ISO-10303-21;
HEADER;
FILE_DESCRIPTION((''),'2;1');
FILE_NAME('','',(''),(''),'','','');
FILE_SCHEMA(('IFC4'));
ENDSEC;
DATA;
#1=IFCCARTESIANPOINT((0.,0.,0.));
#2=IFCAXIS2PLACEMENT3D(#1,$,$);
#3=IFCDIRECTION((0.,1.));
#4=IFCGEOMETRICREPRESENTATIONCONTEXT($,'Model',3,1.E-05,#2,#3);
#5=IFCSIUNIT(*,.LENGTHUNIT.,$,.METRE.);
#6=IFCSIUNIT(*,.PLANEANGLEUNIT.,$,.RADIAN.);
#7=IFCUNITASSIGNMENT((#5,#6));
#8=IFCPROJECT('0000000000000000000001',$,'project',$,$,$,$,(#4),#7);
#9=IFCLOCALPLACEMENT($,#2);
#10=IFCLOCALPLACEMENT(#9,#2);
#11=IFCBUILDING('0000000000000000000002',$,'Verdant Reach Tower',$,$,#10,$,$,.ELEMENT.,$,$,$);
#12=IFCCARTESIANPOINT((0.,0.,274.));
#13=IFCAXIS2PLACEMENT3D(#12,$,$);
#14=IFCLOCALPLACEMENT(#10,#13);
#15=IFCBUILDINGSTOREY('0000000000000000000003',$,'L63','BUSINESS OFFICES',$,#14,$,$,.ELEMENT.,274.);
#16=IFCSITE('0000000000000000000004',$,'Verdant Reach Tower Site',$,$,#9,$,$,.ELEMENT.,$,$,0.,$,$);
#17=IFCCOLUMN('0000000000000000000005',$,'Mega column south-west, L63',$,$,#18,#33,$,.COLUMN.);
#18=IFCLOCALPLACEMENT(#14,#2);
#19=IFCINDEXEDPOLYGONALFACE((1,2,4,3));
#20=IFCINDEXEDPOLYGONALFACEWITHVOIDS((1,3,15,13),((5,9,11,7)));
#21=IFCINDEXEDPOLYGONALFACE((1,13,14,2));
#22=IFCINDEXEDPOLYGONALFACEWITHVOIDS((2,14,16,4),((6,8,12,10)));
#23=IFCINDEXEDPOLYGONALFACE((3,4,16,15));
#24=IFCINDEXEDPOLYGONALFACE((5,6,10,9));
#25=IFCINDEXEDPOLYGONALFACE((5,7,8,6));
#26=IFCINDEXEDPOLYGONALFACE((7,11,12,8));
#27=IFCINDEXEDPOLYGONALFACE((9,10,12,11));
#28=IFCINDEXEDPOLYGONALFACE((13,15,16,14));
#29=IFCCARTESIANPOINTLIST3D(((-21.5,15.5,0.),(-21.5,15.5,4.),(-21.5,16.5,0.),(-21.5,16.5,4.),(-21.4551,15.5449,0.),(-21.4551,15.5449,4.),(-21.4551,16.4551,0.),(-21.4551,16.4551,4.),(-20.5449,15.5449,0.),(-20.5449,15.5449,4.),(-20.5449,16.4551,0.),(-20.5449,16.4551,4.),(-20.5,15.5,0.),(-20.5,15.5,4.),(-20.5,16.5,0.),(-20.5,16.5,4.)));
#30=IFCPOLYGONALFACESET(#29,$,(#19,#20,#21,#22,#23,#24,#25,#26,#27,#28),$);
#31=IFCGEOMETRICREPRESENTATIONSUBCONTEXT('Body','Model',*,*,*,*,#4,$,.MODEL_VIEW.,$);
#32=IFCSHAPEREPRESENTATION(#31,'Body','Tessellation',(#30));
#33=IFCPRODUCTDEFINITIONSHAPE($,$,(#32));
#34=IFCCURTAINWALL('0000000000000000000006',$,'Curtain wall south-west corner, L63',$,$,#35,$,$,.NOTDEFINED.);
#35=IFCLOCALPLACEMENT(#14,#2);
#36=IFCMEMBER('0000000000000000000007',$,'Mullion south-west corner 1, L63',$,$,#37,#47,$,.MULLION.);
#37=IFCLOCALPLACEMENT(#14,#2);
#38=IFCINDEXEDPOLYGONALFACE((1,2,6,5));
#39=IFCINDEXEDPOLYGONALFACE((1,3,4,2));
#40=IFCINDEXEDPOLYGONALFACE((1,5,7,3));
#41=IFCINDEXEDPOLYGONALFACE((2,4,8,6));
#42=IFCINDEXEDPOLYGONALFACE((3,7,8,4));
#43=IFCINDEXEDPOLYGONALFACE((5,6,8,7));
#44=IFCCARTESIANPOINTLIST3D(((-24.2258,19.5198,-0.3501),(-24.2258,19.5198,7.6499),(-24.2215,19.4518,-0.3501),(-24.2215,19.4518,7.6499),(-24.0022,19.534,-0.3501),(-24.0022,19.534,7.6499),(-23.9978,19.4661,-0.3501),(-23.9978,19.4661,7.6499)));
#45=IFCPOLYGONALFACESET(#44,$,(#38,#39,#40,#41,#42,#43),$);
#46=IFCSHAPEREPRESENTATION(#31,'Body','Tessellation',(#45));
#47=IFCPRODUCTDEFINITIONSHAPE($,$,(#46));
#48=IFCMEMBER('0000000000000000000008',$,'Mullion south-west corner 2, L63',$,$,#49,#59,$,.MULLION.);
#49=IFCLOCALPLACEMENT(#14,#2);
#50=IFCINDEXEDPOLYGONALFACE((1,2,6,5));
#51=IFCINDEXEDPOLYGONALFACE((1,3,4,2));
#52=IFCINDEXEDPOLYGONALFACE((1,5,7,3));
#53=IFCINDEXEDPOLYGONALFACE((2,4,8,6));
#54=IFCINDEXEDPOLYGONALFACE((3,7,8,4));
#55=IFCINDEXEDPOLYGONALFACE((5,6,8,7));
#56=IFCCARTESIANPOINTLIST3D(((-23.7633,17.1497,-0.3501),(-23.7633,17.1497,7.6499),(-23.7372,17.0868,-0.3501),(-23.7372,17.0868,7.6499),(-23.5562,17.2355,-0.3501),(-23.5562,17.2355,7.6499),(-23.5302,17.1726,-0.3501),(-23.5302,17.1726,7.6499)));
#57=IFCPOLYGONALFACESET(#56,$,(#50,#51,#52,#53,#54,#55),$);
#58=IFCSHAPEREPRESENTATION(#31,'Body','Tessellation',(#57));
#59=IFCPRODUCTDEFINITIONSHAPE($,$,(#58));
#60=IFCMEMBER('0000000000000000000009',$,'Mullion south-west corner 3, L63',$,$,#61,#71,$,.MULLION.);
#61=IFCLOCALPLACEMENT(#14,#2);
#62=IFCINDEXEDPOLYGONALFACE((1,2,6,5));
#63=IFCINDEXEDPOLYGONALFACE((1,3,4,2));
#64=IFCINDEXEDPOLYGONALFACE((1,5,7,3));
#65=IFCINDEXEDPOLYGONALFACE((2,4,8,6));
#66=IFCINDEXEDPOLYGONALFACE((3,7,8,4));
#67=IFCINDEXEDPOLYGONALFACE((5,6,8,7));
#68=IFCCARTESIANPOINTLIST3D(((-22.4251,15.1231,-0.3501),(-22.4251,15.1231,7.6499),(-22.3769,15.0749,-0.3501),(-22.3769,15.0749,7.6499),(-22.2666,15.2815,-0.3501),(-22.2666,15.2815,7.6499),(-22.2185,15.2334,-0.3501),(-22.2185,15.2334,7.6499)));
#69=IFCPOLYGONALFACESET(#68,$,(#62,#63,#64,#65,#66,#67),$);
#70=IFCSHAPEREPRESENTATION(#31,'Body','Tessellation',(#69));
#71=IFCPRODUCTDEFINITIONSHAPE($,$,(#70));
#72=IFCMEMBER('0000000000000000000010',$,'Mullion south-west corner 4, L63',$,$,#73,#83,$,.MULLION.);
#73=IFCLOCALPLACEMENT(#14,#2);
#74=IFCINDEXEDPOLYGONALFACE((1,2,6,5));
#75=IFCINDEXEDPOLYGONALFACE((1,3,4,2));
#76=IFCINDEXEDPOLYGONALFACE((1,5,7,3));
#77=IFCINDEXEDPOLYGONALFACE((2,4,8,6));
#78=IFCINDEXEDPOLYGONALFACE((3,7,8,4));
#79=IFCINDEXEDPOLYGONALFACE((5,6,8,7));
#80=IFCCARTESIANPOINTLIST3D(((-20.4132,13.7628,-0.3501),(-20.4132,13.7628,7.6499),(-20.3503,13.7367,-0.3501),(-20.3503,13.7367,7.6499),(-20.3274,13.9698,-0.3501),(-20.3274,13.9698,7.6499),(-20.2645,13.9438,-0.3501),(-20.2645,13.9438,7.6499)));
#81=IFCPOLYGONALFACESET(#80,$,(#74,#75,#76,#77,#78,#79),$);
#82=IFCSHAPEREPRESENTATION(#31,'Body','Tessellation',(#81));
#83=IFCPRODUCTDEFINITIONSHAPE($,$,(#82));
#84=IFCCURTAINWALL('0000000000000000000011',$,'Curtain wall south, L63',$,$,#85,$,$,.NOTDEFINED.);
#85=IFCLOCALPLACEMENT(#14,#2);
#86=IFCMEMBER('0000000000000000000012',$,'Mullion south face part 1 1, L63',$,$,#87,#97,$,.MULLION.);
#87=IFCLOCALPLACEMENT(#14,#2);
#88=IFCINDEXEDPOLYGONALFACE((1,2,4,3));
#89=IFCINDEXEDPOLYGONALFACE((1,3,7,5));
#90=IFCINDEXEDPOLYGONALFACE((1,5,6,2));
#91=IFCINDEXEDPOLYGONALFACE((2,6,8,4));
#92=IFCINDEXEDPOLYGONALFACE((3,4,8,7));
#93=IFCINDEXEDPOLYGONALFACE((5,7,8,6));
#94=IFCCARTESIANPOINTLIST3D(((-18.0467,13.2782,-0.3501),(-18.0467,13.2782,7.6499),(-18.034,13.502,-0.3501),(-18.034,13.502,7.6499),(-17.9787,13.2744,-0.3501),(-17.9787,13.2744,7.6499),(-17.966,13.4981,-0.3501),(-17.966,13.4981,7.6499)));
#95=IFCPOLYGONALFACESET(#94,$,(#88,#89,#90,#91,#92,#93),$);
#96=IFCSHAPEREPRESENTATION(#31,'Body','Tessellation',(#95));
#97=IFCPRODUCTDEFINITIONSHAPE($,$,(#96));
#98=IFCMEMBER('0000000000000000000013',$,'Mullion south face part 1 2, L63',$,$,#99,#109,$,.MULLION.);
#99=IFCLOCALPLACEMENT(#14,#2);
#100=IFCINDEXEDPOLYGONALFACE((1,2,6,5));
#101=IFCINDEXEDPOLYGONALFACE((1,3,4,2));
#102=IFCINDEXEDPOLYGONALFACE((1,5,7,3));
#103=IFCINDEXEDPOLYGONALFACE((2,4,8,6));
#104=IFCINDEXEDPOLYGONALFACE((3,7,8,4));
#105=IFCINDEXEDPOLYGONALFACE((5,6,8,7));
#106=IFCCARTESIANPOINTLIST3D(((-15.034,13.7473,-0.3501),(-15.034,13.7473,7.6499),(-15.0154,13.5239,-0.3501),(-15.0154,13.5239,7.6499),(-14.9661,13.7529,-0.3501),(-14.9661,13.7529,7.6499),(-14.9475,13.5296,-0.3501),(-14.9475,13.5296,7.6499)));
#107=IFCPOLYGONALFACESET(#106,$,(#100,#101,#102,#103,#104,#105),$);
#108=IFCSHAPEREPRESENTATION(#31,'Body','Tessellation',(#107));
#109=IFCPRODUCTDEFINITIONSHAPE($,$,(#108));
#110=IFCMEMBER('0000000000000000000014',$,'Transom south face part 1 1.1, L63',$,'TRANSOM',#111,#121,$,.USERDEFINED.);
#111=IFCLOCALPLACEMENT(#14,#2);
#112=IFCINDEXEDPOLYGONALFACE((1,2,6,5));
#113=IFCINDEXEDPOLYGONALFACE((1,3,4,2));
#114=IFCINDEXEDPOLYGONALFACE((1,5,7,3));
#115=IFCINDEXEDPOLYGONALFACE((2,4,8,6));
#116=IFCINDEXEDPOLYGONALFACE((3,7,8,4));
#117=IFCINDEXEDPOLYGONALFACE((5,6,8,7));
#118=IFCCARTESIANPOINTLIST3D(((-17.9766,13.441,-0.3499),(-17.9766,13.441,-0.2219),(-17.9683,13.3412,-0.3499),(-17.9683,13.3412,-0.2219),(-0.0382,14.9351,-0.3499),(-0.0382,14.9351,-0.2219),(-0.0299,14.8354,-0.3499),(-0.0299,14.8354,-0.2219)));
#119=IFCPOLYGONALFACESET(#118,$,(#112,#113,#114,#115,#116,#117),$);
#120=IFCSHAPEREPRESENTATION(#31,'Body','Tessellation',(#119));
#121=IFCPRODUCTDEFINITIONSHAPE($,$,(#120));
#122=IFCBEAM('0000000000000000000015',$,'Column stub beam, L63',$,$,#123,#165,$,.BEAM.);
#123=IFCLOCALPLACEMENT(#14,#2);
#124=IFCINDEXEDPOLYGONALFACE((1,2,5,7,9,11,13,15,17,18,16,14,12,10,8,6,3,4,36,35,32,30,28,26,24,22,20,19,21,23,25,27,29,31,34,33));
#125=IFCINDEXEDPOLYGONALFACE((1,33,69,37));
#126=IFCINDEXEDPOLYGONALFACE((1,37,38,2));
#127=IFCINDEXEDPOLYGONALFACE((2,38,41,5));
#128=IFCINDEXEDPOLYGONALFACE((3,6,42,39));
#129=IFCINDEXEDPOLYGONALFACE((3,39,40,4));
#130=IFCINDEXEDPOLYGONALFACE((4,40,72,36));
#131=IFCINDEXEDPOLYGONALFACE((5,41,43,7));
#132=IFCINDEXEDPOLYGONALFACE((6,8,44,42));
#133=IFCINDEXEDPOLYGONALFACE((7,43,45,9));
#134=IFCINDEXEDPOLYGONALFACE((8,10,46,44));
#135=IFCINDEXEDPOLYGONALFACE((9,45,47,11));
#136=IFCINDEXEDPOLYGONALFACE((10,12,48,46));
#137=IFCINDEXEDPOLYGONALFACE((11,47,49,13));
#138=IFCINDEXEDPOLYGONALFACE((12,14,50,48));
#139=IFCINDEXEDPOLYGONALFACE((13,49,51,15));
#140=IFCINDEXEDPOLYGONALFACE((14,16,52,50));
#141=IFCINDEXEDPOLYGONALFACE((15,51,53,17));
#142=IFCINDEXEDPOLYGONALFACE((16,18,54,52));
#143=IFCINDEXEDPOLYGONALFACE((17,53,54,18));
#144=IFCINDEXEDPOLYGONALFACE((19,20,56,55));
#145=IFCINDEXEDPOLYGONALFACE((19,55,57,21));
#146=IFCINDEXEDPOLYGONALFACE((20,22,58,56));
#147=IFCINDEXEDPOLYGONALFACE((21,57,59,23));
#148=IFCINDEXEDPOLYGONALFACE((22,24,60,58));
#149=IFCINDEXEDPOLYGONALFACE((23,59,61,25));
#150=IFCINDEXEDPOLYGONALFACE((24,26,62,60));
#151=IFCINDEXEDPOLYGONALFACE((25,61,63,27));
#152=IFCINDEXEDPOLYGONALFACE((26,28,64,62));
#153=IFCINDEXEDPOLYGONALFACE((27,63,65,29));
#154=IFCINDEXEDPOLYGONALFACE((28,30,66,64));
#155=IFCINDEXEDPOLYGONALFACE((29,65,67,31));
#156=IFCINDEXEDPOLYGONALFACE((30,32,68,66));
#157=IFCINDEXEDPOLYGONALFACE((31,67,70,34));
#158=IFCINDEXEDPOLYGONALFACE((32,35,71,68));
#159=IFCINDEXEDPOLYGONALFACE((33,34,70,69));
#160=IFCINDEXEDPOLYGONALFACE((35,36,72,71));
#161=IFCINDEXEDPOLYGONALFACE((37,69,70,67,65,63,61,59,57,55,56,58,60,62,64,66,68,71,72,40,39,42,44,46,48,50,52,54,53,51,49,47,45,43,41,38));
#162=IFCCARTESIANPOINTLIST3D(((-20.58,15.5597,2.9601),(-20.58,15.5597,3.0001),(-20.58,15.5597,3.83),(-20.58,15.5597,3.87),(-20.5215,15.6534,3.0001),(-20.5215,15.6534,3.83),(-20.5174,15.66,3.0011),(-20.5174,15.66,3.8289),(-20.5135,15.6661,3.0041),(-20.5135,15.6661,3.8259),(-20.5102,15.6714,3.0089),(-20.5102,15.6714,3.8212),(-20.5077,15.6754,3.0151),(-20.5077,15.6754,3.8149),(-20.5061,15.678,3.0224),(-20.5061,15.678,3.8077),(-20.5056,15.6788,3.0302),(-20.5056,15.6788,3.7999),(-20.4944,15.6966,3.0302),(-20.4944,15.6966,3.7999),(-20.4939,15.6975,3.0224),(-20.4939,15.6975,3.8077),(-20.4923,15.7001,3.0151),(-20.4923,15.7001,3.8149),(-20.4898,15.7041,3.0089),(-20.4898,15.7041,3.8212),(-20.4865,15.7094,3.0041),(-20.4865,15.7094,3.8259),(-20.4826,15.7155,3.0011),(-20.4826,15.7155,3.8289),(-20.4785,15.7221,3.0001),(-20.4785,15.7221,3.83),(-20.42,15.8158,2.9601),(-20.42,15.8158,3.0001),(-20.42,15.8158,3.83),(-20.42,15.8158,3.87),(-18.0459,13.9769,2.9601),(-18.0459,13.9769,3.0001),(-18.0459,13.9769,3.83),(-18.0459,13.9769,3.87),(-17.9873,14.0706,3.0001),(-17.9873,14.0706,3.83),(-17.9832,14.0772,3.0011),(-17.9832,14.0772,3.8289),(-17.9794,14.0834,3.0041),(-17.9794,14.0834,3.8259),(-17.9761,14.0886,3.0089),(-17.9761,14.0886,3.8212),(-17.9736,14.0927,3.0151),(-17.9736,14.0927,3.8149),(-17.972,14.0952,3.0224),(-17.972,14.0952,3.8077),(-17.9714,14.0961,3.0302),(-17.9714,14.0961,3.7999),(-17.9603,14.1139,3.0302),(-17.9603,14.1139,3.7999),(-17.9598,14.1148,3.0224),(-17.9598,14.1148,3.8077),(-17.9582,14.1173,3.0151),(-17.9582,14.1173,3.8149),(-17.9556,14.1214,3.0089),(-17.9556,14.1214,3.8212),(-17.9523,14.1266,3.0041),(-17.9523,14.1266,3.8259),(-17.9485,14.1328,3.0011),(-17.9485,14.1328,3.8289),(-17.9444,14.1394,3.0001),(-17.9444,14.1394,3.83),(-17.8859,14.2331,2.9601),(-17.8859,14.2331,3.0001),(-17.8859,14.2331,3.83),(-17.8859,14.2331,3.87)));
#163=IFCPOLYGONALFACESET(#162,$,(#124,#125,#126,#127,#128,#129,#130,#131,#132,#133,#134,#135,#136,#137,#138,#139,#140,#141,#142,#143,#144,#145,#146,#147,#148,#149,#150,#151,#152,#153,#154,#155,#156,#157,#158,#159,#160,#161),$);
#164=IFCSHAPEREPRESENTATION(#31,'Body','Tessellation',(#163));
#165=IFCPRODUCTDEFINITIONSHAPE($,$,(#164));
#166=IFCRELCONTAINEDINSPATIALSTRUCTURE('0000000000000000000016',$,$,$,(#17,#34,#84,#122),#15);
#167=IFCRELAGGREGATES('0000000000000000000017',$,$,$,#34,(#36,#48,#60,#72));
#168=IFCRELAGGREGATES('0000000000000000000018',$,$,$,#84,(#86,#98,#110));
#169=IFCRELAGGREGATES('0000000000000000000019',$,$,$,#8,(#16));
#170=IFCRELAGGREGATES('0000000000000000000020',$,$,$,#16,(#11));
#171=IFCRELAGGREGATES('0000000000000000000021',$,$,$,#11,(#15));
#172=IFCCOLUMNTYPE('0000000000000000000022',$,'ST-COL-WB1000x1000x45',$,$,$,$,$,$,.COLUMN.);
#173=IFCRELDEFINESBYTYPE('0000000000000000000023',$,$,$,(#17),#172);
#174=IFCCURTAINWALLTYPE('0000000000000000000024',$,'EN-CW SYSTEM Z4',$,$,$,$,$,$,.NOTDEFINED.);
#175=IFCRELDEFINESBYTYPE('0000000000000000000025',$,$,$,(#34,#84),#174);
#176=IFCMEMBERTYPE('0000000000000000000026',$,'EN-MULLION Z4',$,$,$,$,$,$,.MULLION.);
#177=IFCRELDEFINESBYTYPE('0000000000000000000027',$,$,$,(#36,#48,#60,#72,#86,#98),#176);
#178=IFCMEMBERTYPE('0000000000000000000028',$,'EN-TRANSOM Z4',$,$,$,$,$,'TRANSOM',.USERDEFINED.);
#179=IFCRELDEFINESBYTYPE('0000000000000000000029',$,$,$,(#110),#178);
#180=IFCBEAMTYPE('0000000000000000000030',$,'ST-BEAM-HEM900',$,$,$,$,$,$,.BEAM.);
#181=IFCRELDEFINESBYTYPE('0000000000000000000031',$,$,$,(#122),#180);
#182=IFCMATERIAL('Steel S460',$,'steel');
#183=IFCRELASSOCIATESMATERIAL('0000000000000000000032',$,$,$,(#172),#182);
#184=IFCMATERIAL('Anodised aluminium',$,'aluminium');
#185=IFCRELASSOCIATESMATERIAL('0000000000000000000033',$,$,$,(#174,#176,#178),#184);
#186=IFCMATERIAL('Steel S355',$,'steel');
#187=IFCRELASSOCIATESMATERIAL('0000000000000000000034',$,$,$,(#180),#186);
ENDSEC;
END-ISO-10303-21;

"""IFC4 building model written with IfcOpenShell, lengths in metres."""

from ifc_helpers import new_model, si_unit, direction, frame, origin, origin_2d, place, context, subcontext, project, spatial, rectangle, hollow_rectangle, i_section, extrude, material, material_profile, profile_set, type_object, element, aggregate, save


model = new_model("IFC4")

# Units and contexts
model_context = context("Model", 3, precision=1e-05, world=origin(), true_north=direction((0.0, 1.0)))
body_context = subcontext(model_context, "Body", "Model", "MODEL_VIEW")
ifc_project = project(units=[si_unit("LENGTHUNIT", "METRE"), si_unit("PLANEANGLEUNIT", "RADIAN")], contexts=[model_context])

# Site, building, storey
site_placement = place(None, origin())
site = spatial("IfcSite", under=ifc_project, at=site_placement, Name="Verdant Reach Tower Site", CompositionType="ELEMENT", RefElevation=0.0)
building_placement = place(site_placement, origin())
building = spatial("IfcBuilding", under=site, at=building_placement, Name="Verdant Reach Tower", CompositionType="ELEMENT")
storey_placement = place(building_placement, frame((0.0, 0.0, 274.0)))
storey = spatial("IfcBuildingStorey", under=building, at=storey_placement, Name="L63", Description="BUSINESS OFFICES", CompositionType="ELEMENT", Elevation=274.0)

# Column
ifc_material_1 = material(Name="Steel S460", Category="steel")
ifc_material_profile_1 = material_profile(ifc_material_1, hollow_rectangle(XDim=1.0, YDim=1.0, WallThickness=0.0449, at=origin_2d()), Name="WB 1000x1000x45")
ifc_profile_set_1 = profile_set([ifc_material_profile_1], Name="Steel S460")
column_type = type_object("IfcColumnType", Name="ST-COL-WB1000x1000x45", PredefinedType="COLUMN", material=ifc_profile_set_1)
column_placement = place(storey_placement, frame((-21.0, 16.0, 0.0), z_axis=(0.0, 0.0, 1.0), x_axis=(1.0, 0.0, 0.0)))
element("IfcColumn", 1, at=column_placement, inside=storey, type_object=column_type, Name="Mega column south-west, L63", PredefinedType="COLUMN", context=body_context, shape_type="SweptSolid", body=[
    extrude(hollow_rectangle(XDim=1.0, YDim=1.0, WallThickness=0.0449, at=origin_2d()), origin(), (0.0, 0.0, 1.0), 4.0),
])

# Curtain walls, members
ifc_material_2 = material(Name="Anodised aluminium", Category="aluminium")
curtain_wall_type = type_object("IfcCurtainWallType", Name="EN-CW SYSTEM Z4", PredefinedType="NOTDEFINED", material=ifc_material_2)
curtain_wall_1_placement = place(storey_placement, origin())
curtain_wall_1 = element("IfcCurtainWall", 2, at=curtain_wall_1_placement, inside=storey, type_object=curtain_wall_type, Name="Curtain wall south-west corner, L63", PredefinedType="NOTDEFINED")
ifc_material_profile_2 = material_profile(ifc_material_2, rectangle(XDim=0.2241, YDim=0.0681, at=origin_2d()), Name="Mullion 68x224")
ifc_profile_set_2 = profile_set([ifc_material_profile_2], Name="Anodised aluminium")
member_type_1 = type_object("IfcMemberType", Name="EN-MULLION Z4", PredefinedType="MULLION", material=ifc_profile_set_2)
member_1_placement = place(storey_placement, frame((-24.1118, 19.4929, -0.3501), z_axis=(0.0, 0.0, 1.0), x_axis=(-0.997969, -0.063699, 0.0)))
member_1 = element("IfcMember", 3, at=member_1_placement, type_object=member_type_1, Name="Mullion south-west corner 1, L63", PredefinedType="MULLION", context=body_context, shape_type="SweptSolid", body=[
    extrude(rectangle(XDim=0.2241, YDim=0.0681, at=origin_2d()), origin(), (0.0, 0.0, 1.0), 8.0),
])
member_2_placement = place(storey_placement, frame((-23.6467, 17.1611, -0.3501), z_axis=(0.0, 0.0, 1.0), x_axis=(-0.923875, -0.382694, 0.0)))
member_2 = element("IfcMember", 4, at=member_2_placement, type_object=member_type_1, Name="Mullion south-west corner 2, L63", PredefinedType="MULLION", context=body_context, shape_type="SweptSolid", body=[
    extrude(rectangle(XDim=0.2241, YDim=0.0681, at=origin_2d()), origin(), (0.0, 0.0, 1.0), 8.0),
])
member_3_placement = place(storey_placement, frame((-22.3218, 15.1782, -0.3501), z_axis=(0.0, 0.0, 1.0), x_axis=(-0.707107, -0.707107, 0.0)))
member_3 = element("IfcMember", 5, at=member_3_placement, type_object=member_type_1, Name="Mullion south-west corner 3, L63", PredefinedType="MULLION", context=body_context, shape_type="SweptSolid", body=[
    extrude(rectangle(XDim=0.2241, YDim=0.0681, at=origin_2d()), origin(), (0.0, 0.0, 1.0), 8.0),
])
member_4_placement = place(storey_placement, frame((-20.3389, 13.8533, -0.3501), z_axis=(0.0, 0.0, 1.0), x_axis=(-0.382694, -0.923875, 0.0)))
member_4 = element("IfcMember", 6, at=member_4_placement, type_object=member_type_1, Name="Mullion south-west corner 4, L63", PredefinedType="MULLION", context=body_context, shape_type="SweptSolid", body=[
    extrude(rectangle(XDim=0.2241, YDim=0.0681, at=origin_2d()), origin(), (0.0, 0.0, 1.0), 8.0),
])
curtain_wall_2_placement = place(storey_placement, origin())
curtain_wall_2 = element("IfcCurtainWall", 7, at=curtain_wall_2_placement, inside=storey, type_object=curtain_wall_type, Name="Curtain wall south, L63", PredefinedType="NOTDEFINED")
member_5_placement = place(storey_placement, frame((-18.0063, 13.3882, -0.3501), z_axis=(0.0, 0.0, 1.0), x_axis=(-0.056569, -0.998399, 0.0)))
member_5 = element("IfcMember", 8, at=member_5_placement, type_object=member_type_1, Name="Mullion south face part 1 1, L63", PredefinedType="MULLION", context=body_context, shape_type="SweptSolid", body=[
    extrude(rectangle(XDim=0.2241, YDim=0.0681, at=origin_2d()), origin(), (0.0, 0.0, 1.0), 8.0),
])
member_6_placement = place(storey_placement, frame((-14.9907, 13.6384, -0.3501), z_axis=(0.0, 0.0, 1.0), x_axis=(0.083045, -0.996546, 0.0)))
member_6 = element("IfcMember", 9, at=member_6_placement, type_object=member_type_1, Name="Mullion south face part 1 2, L63", PredefinedType="MULLION", context=body_context, shape_type="SweptSolid", body=[
    extrude(rectangle(XDim=0.2241, YDim=0.0681, at=origin_2d()), origin(), (0.0, 0.0, 1.0), 8.0),
])
ifc_material_profile_3 = material_profile(ifc_material_2, rectangle(XDim=0.1001, YDim=0.1279, at=origin_2d()), Name="Transom 128x100")
ifc_profile_set_3 = profile_set([ifc_material_profile_3], Name="Anodised aluminium")
member_type_2 = type_object("IfcMemberType", Name="EN-TRANSOM Z4", ElementType="TRANSOM", PredefinedType="USERDEFINED", material=ifc_profile_set_3)
member_7_placement = place(storey_placement, frame((-17.9724, 13.3911, -0.2859), z_axis=(0.996549, 0.083005, 0.0), x_axis=(-0.083005, 0.996549, 0.0)))
member_7 = element("IfcMember", 10, at=member_7_placement, type_object=member_type_2, Name="Transom south face part 1 1.1, L63", ObjectType="TRANSOM", PredefinedType="USERDEFINED", context=body_context, shape_type="SweptSolid", body=[
    extrude(rectangle(XDim=0.1001, YDim=0.1279, at=origin_2d()), origin(), (0.0, 0.0, 1.0), 18.0005),
])

# Beam
ifc_material_3 = material(Name="Steel S355", Category="steel")
ifc_material_profile_4 = material_profile(ifc_material_3, i_section(OverallWidth=0.302, OverallDepth=0.9099, WebThickness=0.021, FlangeThickness=0.04, FilletRadius=0.03, at=origin_2d()), Name="HEM 900")
ifc_profile_set_4 = profile_set([ifc_material_profile_4], Name="Steel S355")
beam_type_1 = type_object("IfcBeamType", Name="ST-BEAM-HEM900", PredefinedType="BEAM", material=ifc_profile_set_4)
beam_1_placement = place(storey_placement, frame((-20.5, 15.6877, 3.415), z_axis=(0.848164, -0.529735, 0.0), x_axis=(0.529735, 0.848164, 0.0)))
element("IfcBeam", 11, at=beam_1_placement, inside=storey, type_object=beam_type_1, Name="Column stub beam, L63", PredefinedType="BEAM", context=body_context, shape_type="SweptSolid", body=[
    extrude(i_section(OverallWidth=0.302, OverallDepth=0.9099, WebThickness=0.021, FlangeThickness=0.04, FilletRadius=0.03, at=origin_2d()), origin(), (0.0, 0.0, 1.0), 2.9878),
])

aggregate(curtain_wall_1, [member_1, member_2, member_3, member_4])
aggregate(curtain_wall_2, [member_5, member_6, member_7])

save(model, "model.ifc")
